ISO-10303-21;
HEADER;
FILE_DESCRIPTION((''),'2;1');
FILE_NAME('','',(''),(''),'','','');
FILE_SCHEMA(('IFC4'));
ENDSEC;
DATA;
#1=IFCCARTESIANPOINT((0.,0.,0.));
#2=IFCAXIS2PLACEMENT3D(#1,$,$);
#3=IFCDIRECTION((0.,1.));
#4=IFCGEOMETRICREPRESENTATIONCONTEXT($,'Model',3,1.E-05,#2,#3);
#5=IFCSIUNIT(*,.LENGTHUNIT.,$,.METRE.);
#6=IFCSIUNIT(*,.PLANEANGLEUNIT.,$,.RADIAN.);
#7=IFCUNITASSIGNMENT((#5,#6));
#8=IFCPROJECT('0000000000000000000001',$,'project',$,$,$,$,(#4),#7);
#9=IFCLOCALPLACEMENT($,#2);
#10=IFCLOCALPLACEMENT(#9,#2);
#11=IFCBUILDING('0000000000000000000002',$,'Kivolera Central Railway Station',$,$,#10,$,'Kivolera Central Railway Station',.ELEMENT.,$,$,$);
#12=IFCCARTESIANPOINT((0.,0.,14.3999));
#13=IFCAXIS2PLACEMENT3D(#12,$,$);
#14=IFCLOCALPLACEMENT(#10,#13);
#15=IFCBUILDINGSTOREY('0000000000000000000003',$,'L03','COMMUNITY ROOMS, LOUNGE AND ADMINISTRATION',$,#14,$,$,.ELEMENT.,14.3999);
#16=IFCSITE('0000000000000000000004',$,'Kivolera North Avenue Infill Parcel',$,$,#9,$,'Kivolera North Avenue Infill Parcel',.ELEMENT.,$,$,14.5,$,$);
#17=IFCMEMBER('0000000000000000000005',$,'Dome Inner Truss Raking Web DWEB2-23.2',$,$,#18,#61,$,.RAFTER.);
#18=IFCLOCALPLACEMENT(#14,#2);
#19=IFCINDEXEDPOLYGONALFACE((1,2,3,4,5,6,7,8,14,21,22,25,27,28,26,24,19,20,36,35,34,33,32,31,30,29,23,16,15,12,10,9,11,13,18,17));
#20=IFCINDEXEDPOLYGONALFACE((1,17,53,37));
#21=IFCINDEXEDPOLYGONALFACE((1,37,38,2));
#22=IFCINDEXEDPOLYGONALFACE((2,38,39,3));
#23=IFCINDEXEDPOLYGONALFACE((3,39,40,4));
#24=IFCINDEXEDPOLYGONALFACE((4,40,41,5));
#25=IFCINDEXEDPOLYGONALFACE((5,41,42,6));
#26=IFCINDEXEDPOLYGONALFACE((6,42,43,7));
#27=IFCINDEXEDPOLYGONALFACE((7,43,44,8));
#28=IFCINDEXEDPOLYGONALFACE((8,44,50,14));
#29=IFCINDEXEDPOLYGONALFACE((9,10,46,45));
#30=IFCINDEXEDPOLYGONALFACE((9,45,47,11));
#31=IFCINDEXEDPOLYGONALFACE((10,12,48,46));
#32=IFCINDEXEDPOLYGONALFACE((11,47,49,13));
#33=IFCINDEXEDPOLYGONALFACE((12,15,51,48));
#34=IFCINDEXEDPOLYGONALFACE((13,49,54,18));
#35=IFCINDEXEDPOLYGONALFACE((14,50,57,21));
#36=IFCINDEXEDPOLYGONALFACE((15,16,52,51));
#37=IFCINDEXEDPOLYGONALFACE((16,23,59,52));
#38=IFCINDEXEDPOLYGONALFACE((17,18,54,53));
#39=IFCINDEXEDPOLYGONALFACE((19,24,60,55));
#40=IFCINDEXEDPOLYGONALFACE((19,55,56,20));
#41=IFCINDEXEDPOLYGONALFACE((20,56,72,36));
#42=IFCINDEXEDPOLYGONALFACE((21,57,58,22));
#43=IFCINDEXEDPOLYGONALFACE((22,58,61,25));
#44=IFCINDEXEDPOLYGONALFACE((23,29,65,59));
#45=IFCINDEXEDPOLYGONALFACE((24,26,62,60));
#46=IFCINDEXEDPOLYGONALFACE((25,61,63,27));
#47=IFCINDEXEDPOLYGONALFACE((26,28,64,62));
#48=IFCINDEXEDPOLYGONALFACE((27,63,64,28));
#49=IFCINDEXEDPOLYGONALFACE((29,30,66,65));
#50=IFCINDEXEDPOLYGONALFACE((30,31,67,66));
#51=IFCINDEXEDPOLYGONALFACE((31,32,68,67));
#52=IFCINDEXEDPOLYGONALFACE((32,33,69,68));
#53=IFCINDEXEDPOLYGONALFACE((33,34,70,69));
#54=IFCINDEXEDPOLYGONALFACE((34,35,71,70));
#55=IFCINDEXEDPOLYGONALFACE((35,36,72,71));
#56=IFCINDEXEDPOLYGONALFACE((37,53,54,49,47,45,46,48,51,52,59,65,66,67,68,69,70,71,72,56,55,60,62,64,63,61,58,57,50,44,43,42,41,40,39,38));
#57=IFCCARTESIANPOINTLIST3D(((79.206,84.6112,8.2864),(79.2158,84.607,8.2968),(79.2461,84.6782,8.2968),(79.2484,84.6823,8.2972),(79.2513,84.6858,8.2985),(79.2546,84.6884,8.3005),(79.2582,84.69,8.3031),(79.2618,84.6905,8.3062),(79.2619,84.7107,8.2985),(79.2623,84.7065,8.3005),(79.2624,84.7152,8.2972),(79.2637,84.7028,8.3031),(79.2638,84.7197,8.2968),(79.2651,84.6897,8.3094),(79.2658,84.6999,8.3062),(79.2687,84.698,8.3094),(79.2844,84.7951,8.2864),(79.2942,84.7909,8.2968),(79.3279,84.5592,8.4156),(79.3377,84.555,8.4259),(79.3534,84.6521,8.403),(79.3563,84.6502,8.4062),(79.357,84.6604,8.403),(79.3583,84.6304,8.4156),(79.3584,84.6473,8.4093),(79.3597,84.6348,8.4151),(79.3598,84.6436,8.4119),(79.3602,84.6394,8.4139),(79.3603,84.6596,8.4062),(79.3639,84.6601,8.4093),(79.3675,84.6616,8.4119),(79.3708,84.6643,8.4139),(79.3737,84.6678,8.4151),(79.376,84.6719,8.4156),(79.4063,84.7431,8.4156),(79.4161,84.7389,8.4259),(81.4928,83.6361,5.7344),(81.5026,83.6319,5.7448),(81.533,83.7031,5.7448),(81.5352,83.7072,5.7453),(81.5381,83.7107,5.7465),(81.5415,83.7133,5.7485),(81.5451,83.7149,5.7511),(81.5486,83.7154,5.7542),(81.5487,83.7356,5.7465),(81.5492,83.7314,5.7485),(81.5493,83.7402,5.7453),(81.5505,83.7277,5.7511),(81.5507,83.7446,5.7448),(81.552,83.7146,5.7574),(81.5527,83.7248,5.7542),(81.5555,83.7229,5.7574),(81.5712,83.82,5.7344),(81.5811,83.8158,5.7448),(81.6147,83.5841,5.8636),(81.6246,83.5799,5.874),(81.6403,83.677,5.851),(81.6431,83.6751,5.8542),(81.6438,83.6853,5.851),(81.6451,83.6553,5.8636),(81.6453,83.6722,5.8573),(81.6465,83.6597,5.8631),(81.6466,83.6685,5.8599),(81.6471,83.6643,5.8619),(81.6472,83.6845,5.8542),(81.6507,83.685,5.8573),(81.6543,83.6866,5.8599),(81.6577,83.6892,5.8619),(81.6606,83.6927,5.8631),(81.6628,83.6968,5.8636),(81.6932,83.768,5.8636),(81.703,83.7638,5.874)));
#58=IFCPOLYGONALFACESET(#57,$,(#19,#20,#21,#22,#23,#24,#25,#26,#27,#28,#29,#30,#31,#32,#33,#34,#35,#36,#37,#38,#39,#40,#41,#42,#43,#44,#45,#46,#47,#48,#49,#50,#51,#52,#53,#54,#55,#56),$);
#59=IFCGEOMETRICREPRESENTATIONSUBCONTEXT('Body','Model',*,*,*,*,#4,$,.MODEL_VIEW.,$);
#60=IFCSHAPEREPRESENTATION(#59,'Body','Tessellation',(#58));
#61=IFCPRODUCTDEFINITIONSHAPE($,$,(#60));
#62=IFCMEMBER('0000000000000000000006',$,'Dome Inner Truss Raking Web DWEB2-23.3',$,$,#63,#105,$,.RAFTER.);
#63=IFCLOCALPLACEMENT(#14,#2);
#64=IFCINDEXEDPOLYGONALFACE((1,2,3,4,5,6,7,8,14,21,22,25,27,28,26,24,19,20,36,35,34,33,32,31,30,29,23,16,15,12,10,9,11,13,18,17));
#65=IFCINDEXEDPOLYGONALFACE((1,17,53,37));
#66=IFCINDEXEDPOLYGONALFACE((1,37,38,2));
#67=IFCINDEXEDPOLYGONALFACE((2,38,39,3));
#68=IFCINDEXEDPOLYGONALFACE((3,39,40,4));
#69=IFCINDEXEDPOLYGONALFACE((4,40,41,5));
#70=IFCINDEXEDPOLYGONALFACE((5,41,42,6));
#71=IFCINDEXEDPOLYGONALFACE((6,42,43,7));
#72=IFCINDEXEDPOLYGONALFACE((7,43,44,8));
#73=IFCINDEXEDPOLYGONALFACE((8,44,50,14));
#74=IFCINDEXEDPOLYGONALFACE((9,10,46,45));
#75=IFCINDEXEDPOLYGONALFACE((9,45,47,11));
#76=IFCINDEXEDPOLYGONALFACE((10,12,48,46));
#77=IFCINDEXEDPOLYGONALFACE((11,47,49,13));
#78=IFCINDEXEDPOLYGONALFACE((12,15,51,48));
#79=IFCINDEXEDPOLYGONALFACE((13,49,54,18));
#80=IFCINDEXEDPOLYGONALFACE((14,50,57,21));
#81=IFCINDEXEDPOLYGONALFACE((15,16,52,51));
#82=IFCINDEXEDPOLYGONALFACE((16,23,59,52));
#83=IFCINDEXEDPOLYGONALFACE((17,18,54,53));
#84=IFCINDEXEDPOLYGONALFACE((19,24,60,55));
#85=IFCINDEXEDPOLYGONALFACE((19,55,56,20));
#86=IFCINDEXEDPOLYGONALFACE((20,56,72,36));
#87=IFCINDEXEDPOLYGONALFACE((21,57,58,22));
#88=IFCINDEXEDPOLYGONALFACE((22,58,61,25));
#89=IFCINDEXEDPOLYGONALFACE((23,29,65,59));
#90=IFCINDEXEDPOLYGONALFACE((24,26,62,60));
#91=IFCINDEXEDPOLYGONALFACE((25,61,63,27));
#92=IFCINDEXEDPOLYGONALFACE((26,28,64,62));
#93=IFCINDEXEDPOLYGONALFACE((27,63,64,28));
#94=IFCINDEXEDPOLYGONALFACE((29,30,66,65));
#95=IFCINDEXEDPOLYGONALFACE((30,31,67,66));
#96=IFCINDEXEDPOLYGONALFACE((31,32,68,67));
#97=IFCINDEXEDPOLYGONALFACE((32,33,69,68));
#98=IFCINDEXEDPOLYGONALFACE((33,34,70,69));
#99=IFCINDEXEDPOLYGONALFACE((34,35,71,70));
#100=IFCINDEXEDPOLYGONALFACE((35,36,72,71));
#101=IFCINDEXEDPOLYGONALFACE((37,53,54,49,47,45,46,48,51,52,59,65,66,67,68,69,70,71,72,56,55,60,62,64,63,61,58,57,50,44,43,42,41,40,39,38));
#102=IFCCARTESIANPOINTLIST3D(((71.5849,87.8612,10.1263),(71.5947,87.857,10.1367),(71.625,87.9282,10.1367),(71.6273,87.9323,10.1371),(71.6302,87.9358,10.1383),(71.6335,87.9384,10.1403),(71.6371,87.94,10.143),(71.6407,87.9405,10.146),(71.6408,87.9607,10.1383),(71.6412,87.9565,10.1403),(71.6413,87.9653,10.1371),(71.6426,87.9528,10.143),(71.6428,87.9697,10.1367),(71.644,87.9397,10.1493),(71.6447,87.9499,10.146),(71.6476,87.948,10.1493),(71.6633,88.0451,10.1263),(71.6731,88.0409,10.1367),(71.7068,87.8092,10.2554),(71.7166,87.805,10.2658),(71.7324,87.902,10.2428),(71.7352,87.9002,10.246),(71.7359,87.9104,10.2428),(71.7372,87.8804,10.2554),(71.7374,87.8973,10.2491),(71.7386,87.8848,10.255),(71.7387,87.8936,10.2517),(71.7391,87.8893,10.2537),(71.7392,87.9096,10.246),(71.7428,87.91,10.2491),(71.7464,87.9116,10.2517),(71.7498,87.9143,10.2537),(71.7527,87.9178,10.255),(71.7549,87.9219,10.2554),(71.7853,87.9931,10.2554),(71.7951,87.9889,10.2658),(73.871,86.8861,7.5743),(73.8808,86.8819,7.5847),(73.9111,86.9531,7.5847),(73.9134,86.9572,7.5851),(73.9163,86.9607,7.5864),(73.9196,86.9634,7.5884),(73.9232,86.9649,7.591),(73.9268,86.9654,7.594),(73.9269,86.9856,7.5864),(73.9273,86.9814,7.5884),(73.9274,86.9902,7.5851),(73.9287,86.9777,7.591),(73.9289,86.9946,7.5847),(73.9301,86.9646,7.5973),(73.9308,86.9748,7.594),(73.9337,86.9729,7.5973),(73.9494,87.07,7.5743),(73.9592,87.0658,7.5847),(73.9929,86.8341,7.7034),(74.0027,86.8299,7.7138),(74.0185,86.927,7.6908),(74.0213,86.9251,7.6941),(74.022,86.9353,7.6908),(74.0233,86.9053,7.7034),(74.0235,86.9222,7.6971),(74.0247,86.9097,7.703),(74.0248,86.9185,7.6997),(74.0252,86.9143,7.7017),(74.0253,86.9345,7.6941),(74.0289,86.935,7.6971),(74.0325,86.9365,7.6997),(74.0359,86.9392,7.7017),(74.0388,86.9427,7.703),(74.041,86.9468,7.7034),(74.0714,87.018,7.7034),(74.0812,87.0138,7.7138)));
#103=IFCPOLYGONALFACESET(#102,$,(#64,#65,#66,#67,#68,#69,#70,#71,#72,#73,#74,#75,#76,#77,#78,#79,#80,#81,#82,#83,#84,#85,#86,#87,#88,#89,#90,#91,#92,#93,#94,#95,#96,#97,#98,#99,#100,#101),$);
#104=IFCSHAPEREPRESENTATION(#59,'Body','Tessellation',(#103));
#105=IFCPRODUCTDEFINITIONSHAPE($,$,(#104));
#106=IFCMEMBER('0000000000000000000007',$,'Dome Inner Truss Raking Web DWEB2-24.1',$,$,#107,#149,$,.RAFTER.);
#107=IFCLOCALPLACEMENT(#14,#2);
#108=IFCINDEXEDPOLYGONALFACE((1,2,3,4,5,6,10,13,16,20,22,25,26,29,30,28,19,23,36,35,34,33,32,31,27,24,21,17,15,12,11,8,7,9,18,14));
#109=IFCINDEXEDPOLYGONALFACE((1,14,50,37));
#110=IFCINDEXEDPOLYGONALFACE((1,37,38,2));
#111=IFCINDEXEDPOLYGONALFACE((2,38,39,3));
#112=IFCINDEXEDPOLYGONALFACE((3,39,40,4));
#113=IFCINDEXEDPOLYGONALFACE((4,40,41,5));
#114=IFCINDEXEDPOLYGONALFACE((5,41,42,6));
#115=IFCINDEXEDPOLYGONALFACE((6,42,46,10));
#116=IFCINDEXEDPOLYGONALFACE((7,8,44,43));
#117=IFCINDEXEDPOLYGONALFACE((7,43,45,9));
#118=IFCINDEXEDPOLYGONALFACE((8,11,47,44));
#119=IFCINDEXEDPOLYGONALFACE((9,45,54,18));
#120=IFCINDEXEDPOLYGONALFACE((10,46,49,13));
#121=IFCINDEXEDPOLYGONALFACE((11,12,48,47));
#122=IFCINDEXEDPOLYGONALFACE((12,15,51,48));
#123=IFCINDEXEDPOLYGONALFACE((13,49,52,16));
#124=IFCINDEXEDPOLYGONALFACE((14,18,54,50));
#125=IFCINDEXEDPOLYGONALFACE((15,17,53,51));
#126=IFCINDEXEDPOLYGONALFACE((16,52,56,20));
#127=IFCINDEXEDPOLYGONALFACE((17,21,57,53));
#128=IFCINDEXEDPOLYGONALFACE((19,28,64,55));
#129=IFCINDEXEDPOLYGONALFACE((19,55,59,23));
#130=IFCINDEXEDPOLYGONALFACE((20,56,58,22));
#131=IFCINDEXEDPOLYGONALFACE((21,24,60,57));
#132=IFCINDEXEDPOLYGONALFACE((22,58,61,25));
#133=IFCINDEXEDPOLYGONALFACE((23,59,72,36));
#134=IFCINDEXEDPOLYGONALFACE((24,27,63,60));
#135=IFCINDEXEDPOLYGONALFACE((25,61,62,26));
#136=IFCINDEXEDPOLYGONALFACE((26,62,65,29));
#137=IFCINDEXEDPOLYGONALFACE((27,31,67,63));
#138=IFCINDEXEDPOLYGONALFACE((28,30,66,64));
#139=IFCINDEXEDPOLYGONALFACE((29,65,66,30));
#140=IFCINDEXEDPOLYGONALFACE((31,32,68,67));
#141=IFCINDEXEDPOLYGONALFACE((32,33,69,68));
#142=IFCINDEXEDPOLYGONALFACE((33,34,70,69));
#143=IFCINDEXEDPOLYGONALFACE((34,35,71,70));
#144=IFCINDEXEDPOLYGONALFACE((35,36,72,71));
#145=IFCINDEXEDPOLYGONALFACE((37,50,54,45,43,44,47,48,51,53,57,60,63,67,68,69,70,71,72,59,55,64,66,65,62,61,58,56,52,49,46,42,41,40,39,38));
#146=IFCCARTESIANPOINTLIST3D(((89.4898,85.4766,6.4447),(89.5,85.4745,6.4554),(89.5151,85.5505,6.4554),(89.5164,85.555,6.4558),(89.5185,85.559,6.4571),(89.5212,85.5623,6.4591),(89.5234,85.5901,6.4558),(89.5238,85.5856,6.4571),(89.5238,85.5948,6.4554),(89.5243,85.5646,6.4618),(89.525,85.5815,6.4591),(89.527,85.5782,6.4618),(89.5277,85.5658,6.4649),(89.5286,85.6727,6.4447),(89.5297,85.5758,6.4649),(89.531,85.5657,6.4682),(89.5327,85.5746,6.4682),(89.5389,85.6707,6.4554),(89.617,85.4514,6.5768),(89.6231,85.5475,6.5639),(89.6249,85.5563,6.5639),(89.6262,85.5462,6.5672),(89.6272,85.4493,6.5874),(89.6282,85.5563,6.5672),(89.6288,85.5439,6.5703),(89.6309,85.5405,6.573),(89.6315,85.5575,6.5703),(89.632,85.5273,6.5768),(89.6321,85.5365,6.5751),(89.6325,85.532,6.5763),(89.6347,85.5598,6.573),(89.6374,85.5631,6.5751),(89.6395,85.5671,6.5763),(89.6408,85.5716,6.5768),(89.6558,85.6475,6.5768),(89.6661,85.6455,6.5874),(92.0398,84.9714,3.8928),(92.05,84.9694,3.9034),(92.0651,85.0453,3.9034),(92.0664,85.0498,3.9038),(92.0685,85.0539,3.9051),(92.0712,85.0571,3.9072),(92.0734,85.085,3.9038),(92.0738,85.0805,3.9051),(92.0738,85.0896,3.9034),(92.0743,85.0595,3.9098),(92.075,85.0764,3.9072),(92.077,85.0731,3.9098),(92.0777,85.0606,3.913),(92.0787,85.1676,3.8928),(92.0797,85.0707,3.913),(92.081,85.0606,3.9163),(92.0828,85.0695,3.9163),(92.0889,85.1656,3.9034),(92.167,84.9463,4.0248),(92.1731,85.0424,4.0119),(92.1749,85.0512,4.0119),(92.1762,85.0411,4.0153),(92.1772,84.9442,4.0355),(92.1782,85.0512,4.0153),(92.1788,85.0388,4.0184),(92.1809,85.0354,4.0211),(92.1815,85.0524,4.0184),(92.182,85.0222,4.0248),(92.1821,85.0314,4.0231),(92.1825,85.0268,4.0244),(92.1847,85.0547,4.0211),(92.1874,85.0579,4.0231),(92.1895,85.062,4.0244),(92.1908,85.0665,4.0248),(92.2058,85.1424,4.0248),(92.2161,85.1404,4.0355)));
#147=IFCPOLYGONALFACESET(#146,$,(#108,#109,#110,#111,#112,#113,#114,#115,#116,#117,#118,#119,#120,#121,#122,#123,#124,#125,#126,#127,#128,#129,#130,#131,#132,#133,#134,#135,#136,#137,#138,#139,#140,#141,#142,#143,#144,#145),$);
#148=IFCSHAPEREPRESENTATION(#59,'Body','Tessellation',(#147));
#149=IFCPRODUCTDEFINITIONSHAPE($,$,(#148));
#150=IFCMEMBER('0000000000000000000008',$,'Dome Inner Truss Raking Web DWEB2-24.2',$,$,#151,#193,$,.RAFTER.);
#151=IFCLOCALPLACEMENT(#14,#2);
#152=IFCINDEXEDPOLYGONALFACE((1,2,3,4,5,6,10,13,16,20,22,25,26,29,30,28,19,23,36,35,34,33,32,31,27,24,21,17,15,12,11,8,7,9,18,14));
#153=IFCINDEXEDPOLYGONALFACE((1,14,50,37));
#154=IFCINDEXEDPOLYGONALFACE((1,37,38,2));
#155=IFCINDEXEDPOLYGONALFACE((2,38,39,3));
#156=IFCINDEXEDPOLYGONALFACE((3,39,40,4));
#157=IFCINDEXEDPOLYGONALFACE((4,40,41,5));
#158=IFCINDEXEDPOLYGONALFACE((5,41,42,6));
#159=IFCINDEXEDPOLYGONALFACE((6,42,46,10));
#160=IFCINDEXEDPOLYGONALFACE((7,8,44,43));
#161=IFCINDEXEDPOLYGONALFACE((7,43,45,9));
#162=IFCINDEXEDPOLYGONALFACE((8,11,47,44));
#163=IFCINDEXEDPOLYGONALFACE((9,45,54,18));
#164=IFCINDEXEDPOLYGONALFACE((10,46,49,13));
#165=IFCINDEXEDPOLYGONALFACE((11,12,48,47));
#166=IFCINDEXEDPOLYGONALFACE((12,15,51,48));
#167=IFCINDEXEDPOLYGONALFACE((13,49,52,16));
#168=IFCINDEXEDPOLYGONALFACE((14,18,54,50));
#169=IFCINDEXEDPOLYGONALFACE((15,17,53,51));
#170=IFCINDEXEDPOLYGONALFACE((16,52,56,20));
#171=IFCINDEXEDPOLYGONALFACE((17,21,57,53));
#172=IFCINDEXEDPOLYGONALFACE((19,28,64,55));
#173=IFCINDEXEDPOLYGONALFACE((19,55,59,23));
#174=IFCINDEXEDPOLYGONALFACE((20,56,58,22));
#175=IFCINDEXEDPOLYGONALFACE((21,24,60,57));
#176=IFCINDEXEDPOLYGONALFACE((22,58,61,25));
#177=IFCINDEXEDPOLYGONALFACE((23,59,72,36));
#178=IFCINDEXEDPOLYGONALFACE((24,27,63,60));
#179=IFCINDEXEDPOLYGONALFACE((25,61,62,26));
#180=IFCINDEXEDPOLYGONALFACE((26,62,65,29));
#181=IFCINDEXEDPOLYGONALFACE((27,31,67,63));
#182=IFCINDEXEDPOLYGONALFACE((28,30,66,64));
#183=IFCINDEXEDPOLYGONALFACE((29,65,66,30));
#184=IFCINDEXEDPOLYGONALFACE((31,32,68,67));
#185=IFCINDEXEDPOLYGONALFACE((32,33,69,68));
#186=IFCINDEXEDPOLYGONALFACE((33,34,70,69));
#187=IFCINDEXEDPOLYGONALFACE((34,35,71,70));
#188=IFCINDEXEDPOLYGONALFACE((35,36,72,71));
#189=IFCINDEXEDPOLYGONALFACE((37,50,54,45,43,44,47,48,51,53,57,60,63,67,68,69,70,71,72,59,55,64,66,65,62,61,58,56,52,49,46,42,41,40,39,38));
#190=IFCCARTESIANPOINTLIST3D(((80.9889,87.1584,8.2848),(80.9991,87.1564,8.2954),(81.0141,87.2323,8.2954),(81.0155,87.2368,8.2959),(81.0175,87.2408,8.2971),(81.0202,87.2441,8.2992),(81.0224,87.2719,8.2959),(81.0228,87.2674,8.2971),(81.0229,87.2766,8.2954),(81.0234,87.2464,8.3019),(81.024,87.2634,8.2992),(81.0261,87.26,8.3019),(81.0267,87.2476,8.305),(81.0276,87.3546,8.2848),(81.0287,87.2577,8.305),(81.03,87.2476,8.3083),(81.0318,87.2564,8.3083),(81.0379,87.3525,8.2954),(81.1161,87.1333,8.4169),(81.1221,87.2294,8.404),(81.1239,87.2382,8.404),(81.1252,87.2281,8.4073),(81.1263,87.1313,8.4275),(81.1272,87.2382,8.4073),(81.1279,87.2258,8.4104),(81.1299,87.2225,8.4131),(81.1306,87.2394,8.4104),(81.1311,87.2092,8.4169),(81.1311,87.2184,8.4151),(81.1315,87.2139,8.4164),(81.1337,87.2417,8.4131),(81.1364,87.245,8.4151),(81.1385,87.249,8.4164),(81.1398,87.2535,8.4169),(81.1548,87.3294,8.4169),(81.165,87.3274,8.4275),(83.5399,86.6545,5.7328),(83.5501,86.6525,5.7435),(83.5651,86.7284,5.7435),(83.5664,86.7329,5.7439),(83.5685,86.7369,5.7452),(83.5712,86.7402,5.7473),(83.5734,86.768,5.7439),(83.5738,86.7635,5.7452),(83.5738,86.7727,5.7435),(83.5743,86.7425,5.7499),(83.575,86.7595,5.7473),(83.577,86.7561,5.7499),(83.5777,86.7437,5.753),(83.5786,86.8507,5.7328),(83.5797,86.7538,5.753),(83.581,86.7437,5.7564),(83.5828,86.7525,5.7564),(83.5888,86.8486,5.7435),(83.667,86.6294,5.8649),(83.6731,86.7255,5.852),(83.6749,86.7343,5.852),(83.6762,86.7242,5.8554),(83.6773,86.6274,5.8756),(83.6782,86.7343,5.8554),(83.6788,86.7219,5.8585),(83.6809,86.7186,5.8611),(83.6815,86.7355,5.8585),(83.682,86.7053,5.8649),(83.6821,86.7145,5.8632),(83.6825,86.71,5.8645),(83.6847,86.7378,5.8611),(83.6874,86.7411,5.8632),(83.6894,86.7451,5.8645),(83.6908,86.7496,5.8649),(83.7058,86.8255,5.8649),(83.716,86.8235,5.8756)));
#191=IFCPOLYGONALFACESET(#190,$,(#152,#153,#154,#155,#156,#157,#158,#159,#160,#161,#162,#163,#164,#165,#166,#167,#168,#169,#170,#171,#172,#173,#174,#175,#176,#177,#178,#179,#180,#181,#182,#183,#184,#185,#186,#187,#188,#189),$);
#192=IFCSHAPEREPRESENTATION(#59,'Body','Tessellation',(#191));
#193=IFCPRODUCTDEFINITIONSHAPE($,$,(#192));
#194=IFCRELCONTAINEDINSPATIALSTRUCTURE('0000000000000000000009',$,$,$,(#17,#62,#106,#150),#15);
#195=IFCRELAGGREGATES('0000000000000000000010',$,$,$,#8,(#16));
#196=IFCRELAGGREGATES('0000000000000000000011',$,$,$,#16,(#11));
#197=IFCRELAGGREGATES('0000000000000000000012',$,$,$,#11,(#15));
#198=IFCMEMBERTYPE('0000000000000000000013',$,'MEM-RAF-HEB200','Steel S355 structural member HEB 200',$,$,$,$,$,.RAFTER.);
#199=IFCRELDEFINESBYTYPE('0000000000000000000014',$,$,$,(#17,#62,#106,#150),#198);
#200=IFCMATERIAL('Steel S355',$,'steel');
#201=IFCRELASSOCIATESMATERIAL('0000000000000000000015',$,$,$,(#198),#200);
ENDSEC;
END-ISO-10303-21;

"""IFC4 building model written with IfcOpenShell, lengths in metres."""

from ifc_helpers import new_model, si_unit, direction, frame, origin, origin_2d, place, context, subcontext, project, spatial, i_section, extrude, material, material_profile, profile_set, type_object, element, save


model = new_model("IFC4")

# Units and contexts
model_context = context("Model", 3, precision=1e-05, world=origin(), true_north=direction((0.0, 1.0)))
body_context = subcontext(model_context, "Body", "Model", "MODEL_VIEW")
ifc_project = project(units=[si_unit("LENGTHUNIT", "METRE"), si_unit("PLANEANGLEUNIT", "RADIAN")], contexts=[model_context])

# Site, building, storey
site_placement = place(None, origin())
site = spatial("IfcSite", under=ifc_project, at=site_placement, Name="Kivolera North Avenue Infill Parcel", LongName="Kivolera North Avenue Infill Parcel", CompositionType="ELEMENT", RefElevation=14.5)
building_placement = place(site_placement, origin())
building = spatial("IfcBuilding", under=site, at=building_placement, Name="Kivolera Central Railway Station", LongName="Kivolera Central Railway Station", CompositionType="ELEMENT")
storey_placement = place(building_placement, frame((0.0, 0.0, 14.3999)))
storey = spatial("IfcBuildingStorey", under=building, at=storey_placement, Name="L03", Description="COMMUNITY ROOMS, LOUNGE AND ADMINISTRATION", CompositionType="ELEMENT", Elevation=14.3999)

# Shared definitions
ifc_material_1 = material(Name="Steel S355", Category="steel")

# Members
ifc_material_profile_1 = material_profile(ifc_material_1, i_section(OverallWidth=0.2, OverallDepth=0.2, WebThickness=0.009, FlangeThickness=0.0149, FilletRadius=0.0181, at=origin_2d()), Name="HEB 200")
ifc_profile_set_1 = profile_set([ifc_material_profile_1], Name="Steel S355")
member_type_1 = type_object("IfcMemberType", Name="MEM-RAF-HEB200", Description="Steel S355 structural member HEB 200", PredefinedType="RAFTER", material=ifc_profile_set_1)
member_1_placement = place(storey_placement, frame((81.5979, 83.7, 5.8042), z_axis=(-0.64188, 0.273691, 0.716298), x_axis=(-0.392224, -0.91987, 0.0)))
element("IfcMember", 1, at=member_1_placement, inside=storey, type_object=member_type_1, Name="Dome Inner Truss Raking Web DWEB2-23.2", PredefinedType="RAFTER", context=body_context, shape_type="SweptSolid", body=[
    extrude(i_section(OverallWidth=0.2, OverallDepth=0.2, WebThickness=0.009, FlangeThickness=0.0149, FilletRadius=0.0181, at=origin_2d()), origin(), (0.0, 0.0, 1.0), 3.5627),
])
member_2_placement = place(storey_placement, frame((73.9761, 86.95, 7.644), z_axis=(-0.641759, 0.273728, 0.716393), x_axis=(-0.39233, -0.919824, 0.0)))
element("IfcMember", 2, at=member_2_placement, inside=storey, type_object=member_type_1, Name="Dome Inner Truss Raking Web DWEB2-23.3", PredefinedType="RAFTER", context=body_context, shape_type="SweptSolid", body=[
    extrude(i_section(OverallWidth=0.2, OverallDepth=0.2, WebThickness=0.009, FlangeThickness=0.0149, FilletRadius=0.0181, at=origin_2d()), origin(), (0.0, 0.0, 1.0), 3.5623),
])
member_3_placement = place(storey_placement, frame((92.1279, 85.0559, 3.9641), z_axis=(-0.700008, 0.138661, 0.700544), x_axis=(-0.19431, -0.98094, 0.0)))
element("IfcMember", 3, at=member_3_placement, inside=storey, type_object=member_type_1, Name="Dome Inner Truss Raking Web DWEB2-24.1", PredefinedType="RAFTER", context=body_context, shape_type="SweptSolid", body=[
    extrude(i_section(OverallWidth=0.2, OverallDepth=0.2, WebThickness=0.009, FlangeThickness=0.0149, FilletRadius=0.0181, at=origin_2d()), origin(), (0.0, 0.0, 1.0), 3.6428),
])
member_4_placement = place(storey_placement, frame((83.6279, 86.739, 5.8042), z_axis=(-0.700177, 0.138307, 0.700445), x_axis=(-0.193786, -0.981044, 0.0)))
element("IfcMember", 4, at=member_4_placement, inside=storey, type_object=member_type_1, Name="Dome Inner Truss Raking Web DWEB2-24.2", PredefinedType="RAFTER", context=body_context, shape_type="SweptSolid", body=[
    extrude(i_section(OverallWidth=0.2, OverallDepth=0.2, WebThickness=0.009, FlangeThickness=0.0149, FilletRadius=0.0181, at=origin_2d()), origin(), (0.0, 0.0, 1.0), 3.6433),
])

save(model, "model.ifc")
